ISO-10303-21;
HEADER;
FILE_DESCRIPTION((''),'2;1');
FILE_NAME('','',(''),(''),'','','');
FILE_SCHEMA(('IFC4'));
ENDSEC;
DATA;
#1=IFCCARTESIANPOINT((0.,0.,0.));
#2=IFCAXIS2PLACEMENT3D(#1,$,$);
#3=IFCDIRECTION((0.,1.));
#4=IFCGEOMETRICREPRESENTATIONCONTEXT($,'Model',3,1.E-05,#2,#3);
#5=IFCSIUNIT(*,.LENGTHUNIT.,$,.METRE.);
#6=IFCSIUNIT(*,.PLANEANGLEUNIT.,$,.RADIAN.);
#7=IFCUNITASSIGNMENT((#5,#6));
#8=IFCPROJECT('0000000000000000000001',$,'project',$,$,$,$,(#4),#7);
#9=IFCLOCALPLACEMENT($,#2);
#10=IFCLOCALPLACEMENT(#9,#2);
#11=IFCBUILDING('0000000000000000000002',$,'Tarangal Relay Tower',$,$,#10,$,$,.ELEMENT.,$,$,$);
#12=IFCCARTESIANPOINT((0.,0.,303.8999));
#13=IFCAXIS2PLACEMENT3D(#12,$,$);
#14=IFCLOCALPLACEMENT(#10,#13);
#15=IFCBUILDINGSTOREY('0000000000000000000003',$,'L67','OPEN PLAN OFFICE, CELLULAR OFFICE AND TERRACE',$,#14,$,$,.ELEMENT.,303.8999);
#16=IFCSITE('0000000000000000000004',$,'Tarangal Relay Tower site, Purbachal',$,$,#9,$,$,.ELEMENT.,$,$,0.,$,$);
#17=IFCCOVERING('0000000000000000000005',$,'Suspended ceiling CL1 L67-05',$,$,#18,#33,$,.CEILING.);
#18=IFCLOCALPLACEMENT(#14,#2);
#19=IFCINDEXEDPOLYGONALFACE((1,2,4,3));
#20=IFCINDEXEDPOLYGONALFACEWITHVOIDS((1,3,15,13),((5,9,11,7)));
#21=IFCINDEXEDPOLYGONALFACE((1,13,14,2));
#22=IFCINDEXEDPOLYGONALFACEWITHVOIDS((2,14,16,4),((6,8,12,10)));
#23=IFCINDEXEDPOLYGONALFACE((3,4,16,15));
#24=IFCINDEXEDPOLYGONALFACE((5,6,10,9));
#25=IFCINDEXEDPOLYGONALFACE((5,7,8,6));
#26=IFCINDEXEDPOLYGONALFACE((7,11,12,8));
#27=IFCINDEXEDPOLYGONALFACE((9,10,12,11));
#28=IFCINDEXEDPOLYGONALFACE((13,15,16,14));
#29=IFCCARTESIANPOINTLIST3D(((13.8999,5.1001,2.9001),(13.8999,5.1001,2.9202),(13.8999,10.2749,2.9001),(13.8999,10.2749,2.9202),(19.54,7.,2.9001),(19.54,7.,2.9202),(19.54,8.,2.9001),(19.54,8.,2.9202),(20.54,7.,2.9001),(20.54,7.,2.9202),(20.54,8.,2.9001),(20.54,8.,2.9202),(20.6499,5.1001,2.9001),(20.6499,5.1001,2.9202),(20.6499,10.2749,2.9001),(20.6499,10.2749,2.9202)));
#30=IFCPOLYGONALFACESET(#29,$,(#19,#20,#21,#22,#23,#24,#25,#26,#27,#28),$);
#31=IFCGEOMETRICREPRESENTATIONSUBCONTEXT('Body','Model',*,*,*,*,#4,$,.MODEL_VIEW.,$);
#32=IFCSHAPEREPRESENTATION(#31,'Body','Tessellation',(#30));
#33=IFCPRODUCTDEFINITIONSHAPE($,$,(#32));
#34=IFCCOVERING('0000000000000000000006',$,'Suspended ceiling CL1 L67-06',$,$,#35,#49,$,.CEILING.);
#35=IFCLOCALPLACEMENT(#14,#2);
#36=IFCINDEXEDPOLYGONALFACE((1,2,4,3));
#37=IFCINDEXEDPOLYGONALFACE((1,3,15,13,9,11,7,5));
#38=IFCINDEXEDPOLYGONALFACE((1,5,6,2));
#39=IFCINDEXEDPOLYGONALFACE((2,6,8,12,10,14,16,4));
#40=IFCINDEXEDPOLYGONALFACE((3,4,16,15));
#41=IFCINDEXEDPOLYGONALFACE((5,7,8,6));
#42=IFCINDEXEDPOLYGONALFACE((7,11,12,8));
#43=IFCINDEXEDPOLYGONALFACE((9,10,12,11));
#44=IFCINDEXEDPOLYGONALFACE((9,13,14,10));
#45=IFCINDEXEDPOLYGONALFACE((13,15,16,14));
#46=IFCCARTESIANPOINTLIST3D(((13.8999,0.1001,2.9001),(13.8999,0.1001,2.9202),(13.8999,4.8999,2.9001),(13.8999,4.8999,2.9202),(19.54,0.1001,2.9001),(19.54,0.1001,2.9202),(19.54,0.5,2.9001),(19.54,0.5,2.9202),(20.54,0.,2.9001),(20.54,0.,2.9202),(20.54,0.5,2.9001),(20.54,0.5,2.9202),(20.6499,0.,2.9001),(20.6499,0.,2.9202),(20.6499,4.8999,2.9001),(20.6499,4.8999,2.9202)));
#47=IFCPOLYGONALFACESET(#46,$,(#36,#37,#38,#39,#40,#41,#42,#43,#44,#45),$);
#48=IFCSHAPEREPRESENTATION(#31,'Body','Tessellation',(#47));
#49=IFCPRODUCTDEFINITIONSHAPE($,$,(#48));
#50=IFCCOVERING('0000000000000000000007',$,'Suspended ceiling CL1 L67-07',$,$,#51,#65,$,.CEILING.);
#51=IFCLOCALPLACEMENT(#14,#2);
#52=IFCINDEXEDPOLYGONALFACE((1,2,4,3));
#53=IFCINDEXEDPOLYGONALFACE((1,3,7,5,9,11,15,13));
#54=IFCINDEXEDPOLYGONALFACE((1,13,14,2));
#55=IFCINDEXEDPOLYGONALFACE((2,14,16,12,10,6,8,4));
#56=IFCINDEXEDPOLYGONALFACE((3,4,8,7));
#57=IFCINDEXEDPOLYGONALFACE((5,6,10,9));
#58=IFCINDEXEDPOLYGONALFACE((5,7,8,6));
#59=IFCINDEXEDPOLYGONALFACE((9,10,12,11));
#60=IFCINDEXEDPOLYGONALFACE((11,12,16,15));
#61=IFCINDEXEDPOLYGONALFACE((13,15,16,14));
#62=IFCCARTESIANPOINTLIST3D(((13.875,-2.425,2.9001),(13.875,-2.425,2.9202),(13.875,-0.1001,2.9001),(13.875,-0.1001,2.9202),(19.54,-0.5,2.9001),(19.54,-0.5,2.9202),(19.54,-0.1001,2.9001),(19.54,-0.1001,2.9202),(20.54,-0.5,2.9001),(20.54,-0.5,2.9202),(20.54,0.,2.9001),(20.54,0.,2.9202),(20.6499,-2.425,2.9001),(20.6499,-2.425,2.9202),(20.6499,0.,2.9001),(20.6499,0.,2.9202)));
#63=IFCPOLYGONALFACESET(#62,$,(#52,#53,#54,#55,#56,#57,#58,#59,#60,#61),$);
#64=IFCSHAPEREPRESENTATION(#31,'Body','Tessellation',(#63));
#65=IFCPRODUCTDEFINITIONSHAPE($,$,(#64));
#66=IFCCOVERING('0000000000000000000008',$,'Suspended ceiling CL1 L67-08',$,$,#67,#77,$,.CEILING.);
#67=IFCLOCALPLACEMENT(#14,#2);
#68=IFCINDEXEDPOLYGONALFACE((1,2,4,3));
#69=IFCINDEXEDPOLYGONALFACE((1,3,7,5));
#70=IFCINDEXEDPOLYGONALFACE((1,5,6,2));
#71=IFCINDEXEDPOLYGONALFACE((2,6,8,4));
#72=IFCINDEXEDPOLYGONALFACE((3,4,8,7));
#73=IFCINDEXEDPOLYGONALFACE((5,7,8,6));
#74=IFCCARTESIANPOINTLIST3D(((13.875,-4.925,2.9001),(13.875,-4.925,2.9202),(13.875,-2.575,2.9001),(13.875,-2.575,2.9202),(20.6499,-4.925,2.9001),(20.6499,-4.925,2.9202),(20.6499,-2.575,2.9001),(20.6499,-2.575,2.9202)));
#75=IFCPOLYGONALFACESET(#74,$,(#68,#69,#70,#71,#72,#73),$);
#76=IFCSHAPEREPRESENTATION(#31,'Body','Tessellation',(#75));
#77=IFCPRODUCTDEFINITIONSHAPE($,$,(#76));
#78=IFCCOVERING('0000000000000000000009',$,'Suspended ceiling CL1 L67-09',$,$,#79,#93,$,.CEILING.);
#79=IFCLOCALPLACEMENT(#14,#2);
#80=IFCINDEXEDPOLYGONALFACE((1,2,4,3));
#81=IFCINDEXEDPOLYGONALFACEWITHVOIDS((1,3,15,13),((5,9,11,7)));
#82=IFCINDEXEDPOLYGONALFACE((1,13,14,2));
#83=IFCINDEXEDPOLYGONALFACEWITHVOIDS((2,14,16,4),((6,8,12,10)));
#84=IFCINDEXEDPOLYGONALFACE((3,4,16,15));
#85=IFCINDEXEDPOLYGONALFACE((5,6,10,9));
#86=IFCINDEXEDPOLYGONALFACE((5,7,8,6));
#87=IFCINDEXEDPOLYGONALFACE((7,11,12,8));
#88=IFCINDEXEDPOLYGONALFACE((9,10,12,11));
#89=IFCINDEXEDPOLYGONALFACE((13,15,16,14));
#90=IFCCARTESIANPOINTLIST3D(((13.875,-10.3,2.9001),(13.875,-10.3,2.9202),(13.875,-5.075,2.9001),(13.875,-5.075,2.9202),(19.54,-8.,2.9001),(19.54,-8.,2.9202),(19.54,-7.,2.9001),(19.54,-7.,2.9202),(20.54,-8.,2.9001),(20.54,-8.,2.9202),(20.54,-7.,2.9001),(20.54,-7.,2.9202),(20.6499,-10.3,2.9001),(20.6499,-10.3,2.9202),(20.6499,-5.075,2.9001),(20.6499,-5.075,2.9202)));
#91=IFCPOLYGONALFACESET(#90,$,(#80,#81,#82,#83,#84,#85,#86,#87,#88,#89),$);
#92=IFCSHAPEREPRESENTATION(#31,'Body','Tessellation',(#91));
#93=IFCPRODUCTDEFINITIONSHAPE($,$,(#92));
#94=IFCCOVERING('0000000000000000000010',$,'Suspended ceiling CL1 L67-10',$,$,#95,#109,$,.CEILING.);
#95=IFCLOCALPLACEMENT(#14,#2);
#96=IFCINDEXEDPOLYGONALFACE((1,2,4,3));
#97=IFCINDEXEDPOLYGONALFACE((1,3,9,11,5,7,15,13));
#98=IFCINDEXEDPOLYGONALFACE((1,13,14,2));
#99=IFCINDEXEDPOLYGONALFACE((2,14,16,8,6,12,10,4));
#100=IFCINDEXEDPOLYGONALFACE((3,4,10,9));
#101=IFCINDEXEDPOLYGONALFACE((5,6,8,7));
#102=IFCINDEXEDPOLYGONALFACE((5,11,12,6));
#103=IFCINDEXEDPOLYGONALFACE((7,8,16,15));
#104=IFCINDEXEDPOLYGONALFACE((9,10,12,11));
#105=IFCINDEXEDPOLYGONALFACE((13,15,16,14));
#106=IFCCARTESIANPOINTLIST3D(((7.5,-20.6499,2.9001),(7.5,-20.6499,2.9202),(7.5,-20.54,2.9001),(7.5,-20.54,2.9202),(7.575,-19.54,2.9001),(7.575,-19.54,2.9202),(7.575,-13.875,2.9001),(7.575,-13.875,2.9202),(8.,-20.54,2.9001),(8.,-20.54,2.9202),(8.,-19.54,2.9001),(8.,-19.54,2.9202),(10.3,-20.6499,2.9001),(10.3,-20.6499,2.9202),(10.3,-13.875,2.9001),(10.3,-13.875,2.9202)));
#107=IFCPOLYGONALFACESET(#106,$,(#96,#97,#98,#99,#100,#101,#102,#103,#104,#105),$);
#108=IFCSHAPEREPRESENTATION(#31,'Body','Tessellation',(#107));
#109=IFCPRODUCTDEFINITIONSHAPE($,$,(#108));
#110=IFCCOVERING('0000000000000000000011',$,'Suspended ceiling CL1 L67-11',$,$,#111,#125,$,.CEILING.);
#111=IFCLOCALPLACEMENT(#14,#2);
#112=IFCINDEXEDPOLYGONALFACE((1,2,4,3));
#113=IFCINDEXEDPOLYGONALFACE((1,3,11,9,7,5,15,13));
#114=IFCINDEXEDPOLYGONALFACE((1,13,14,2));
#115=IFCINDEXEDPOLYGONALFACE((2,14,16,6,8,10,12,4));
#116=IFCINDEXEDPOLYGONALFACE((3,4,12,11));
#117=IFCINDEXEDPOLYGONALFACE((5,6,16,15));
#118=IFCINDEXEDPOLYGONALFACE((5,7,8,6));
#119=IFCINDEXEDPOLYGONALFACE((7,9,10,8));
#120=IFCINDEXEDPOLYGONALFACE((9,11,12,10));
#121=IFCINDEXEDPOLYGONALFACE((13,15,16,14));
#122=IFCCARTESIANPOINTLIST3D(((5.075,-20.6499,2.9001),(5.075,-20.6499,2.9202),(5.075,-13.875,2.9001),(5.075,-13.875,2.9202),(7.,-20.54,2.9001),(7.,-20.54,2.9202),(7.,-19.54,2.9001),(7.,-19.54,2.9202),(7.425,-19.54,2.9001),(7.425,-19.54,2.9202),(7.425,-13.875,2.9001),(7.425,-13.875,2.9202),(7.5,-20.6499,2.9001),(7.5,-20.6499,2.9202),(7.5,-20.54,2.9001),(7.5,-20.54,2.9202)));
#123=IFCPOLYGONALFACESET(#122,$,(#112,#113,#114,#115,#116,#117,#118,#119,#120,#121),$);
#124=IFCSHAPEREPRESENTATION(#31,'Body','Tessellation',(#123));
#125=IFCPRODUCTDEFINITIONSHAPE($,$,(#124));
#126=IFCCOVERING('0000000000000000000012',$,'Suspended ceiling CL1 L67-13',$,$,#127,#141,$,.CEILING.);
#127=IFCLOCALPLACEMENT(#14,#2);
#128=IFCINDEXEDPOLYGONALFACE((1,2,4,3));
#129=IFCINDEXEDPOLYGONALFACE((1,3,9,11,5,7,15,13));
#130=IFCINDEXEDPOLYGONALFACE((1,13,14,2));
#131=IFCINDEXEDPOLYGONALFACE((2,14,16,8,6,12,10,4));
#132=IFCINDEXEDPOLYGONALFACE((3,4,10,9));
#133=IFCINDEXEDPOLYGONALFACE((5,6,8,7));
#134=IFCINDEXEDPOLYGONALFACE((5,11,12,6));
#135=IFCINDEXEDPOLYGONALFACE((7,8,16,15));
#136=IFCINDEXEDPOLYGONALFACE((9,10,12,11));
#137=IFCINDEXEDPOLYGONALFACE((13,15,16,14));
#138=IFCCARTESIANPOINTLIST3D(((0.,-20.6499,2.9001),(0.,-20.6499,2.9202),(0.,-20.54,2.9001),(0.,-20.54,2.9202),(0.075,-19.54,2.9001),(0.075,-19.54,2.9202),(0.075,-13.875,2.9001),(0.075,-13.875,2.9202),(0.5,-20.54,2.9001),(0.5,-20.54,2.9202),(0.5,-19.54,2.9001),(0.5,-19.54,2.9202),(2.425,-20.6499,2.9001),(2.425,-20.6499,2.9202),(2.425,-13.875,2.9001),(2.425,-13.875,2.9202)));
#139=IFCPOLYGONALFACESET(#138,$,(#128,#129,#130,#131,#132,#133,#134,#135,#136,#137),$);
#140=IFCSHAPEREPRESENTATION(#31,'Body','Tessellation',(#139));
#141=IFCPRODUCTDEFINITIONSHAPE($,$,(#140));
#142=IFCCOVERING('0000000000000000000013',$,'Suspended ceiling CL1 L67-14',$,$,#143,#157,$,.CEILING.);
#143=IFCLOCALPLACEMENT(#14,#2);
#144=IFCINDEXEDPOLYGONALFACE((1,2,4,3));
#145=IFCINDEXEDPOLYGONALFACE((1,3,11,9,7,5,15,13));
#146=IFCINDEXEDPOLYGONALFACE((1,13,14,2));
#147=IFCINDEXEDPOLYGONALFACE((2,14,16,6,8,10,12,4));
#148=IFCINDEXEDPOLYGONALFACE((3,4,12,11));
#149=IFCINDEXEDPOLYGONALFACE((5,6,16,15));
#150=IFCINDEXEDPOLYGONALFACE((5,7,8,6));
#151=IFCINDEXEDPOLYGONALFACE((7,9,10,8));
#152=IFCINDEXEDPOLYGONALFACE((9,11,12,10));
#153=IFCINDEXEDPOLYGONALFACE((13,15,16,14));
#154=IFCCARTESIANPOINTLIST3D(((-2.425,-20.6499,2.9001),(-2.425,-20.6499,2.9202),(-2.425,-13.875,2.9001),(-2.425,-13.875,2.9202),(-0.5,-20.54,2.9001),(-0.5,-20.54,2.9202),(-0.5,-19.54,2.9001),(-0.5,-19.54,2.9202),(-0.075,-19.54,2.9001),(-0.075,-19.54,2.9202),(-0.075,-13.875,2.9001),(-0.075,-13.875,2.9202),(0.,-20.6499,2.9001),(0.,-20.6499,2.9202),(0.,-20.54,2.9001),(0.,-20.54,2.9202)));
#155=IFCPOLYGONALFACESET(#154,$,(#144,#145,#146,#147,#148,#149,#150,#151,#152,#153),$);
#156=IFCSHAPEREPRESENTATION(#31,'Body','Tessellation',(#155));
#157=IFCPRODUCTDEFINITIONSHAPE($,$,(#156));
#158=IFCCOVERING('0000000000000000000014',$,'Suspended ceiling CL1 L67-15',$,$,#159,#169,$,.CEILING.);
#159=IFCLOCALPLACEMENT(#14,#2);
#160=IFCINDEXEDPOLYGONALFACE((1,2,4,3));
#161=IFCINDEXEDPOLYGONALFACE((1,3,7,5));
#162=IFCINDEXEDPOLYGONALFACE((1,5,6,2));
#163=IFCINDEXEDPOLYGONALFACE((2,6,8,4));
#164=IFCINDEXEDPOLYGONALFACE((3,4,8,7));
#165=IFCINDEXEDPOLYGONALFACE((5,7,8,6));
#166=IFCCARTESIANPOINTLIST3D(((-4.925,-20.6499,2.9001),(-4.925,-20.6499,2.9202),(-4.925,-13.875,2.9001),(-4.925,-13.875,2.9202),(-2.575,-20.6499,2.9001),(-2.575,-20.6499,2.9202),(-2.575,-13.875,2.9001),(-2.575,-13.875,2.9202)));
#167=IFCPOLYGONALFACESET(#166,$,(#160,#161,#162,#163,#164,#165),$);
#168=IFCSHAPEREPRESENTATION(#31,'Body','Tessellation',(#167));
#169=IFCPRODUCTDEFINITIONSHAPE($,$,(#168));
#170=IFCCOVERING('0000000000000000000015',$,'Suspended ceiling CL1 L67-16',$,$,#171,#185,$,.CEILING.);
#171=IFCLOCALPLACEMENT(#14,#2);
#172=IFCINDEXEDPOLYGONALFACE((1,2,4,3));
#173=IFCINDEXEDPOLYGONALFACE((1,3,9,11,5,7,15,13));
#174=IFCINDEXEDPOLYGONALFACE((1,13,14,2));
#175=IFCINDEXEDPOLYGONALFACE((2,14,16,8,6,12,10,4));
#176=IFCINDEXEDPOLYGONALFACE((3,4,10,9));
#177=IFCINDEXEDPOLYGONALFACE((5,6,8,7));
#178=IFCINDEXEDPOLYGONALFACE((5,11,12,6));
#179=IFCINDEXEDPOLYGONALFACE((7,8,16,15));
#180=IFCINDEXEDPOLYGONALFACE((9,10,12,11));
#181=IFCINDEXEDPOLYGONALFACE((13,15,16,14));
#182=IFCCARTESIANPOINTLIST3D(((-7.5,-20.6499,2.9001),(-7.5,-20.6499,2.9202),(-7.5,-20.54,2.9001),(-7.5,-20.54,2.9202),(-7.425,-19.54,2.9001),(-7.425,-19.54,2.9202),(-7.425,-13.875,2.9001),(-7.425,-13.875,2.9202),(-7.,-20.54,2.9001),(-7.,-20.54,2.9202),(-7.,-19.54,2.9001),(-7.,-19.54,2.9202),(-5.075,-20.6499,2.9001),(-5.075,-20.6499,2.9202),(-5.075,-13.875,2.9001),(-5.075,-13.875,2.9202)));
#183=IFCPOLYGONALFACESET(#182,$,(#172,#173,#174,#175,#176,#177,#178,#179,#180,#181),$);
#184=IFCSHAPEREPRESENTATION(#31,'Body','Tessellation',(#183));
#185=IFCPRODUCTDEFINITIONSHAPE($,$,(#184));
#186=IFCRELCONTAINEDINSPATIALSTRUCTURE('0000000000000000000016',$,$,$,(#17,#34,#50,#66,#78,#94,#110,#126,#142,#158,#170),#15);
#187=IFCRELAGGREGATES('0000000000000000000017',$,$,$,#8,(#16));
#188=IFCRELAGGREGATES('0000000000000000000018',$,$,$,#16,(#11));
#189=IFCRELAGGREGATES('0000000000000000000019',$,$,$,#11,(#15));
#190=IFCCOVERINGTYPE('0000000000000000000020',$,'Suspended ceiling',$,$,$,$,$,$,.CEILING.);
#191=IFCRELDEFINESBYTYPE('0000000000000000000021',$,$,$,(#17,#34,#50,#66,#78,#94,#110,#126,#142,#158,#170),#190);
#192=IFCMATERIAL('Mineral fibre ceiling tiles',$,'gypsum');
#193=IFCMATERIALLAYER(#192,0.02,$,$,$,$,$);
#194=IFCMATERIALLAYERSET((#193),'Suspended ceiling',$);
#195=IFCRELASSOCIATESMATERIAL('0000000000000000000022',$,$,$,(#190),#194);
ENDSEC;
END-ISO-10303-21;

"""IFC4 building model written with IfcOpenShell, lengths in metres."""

from ifc_helpers import new_model, si_unit, direction, frame, origin, place, context, subcontext, project, spatial, polyline, outline, extrude, material, layer, layer_set, type_object, element, save


model = new_model("IFC4")

# Units and contexts
model_context = context("Model", 3, precision=1e-05, world=origin(), true_north=direction((0.0, 1.0)))
body_context = subcontext(model_context, "Body", "Model", "MODEL_VIEW")
ifc_project = project(units=[si_unit("LENGTHUNIT", "METRE"), si_unit("PLANEANGLEUNIT", "RADIAN")], contexts=[model_context])

# Site, building, storey
site_placement = place(None, origin())
site = spatial("IfcSite", under=ifc_project, at=site_placement, Name="Tarangal Relay Tower site, Purbachal", CompositionType="ELEMENT", RefElevation=0.0)
building_placement = place(site_placement, origin())
building = spatial("IfcBuilding", under=site, at=building_placement, Name="Tarangal Relay Tower", CompositionType="ELEMENT")
storey_placement = place(building_placement, frame((0.0, 0.0, 303.8999)))
storey = spatial("IfcBuildingStorey", under=building, at=storey_placement, Name="L67", Description="OPEN PLAN OFFICE, CELLULAR OFFICE AND TERRACE", CompositionType="ELEMENT", Elevation=303.8999)

# Coverings
ifc_material_1 = material(Name="Mineral fibre ceiling tiles", Category="gypsum")
ifc_layer_1 = layer(ifc_material_1, 0.02)
ifc_layer_set_1 = layer_set([ifc_layer_1], Name="Suspended ceiling")
covering_type_1 = type_object("IfcCoveringType", Name="Suspended ceiling", PredefinedType="CEILING", material=ifc_layer_set_1)
covering_1_placement = place(storey_placement, frame((0.0, 0.0, 2.9001)))
element("IfcCovering", 1, at=covering_1_placement, inside=storey, type_object=covering_type_1, Name="Suspended ceiling CL1 L67-05", PredefinedType="CEILING", context=body_context, shape_type="SweptSolid", body=[
    extrude(outline(polyline([(20.6499, 5.1001), (20.6499, 10.2749), (13.8999, 10.2749), (13.8999, 5.1001), (20.6499, 5.1001)]), holes=[polyline([(20.54, 8.0), (19.54, 8.0), (19.54, 7.0), (20.54, 7.0), (20.54, 8.0)])]), origin(), (0.0, 0.0, 1.0), 0.02),
])
covering_2_placement = place(storey_placement, frame((0.0, 0.0, 2.9001)))
element("IfcCovering", 2, at=covering_2_placement, inside=storey, type_object=covering_type_1, Name="Suspended ceiling CL1 L67-06", PredefinedType="CEILING", context=body_context, shape_type="SweptSolid", body=[
    extrude(outline(polyline([(20.6499, 0.0), (20.6499, 4.8999), (13.8999, 4.8999), (13.8999, 0.1001), (19.54, 0.1001), (19.54, 0.5), (20.54, 0.5), (20.54, 0.0), (20.6499, 0.0)])), origin(), (0.0, 0.0, 1.0), 0.02),
])
covering_3_placement = place(storey_placement, frame((0.0, 0.0, 2.9001)))
element("IfcCovering", 3, at=covering_3_placement, inside=storey, type_object=covering_type_1, Name="Suspended ceiling CL1 L67-07", PredefinedType="CEILING", context=body_context, shape_type="SweptSolid", body=[
    extrude(outline(polyline([(20.6499, -2.425), (20.6499, 0.0), (20.54, 0.0), (20.54, -0.5), (19.54, -0.5), (19.54, -0.1001), (13.875, -0.1001), (13.875, -2.425), (20.6499, -2.425)])), origin(), (0.0, 0.0, 1.0), 0.02),
])
covering_4_placement = place(storey_placement, frame((0.0, 0.0, 2.9001)))
element("IfcCovering", 4, at=covering_4_placement, inside=storey, type_object=covering_type_1, Name="Suspended ceiling CL1 L67-08", PredefinedType="CEILING", context=body_context, shape_type="SweptSolid", body=[
    extrude(outline(polyline([(20.6499, -2.575), (13.875, -2.575), (13.875, -4.925), (20.6499, -4.925), (20.6499, -2.575)])), origin(), (0.0, 0.0, 1.0), 0.02),
])
covering_5_placement = place(storey_placement, frame((0.0, 0.0, 2.9001)))
element("IfcCovering", 5, at=covering_5_placement, inside=storey, type_object=covering_type_1, Name="Suspended ceiling CL1 L67-09", PredefinedType="CEILING", context=body_context, shape_type="SweptSolid", body=[
    extrude(outline(polyline([(20.6499, -10.3), (20.6499, -5.075), (13.875, -5.075), (13.875, -10.3), (20.6499, -10.3)]), holes=[polyline([(20.54, -7.0), (19.54, -7.0), (19.54, -8.0), (20.54, -8.0), (20.54, -7.0)])]), origin(), (0.0, 0.0, 1.0), 0.02),
])
covering_6_placement = place(storey_placement, frame((0.0, 0.0, 2.9001)))
element("IfcCovering", 6, at=covering_6_placement, inside=storey, type_object=covering_type_1, Name="Suspended ceiling CL1 L67-10", PredefinedType="CEILING", context=body_context, shape_type="SweptSolid", body=[
    extrude(outline(polyline([(7.5, -20.6499), (10.3, -20.6499), (10.3, -13.875), (7.575, -13.875), (7.575, -19.54), (8.0, -19.54), (8.0, -20.54), (7.5, -20.54), (7.5, -20.6499)])), origin(), (0.0, 0.0, 1.0), 0.02),
])
covering_7_placement = place(storey_placement, frame((0.0, 0.0, 2.9001)))
element("IfcCovering", 7, at=covering_7_placement, inside=storey, type_object=covering_type_1, Name="Suspended ceiling CL1 L67-11", PredefinedType="CEILING", context=body_context, shape_type="SweptSolid", body=[
    extrude(outline(polyline([(5.075, -20.6499), (7.5, -20.6499), (7.5, -20.54), (7.0, -20.54), (7.0, -19.54), (7.425, -19.54), (7.425, -13.875), (5.075, -13.875), (5.075, -20.6499)])), origin(), (0.0, 0.0, 1.0), 0.02),
])
covering_8_placement = place(storey_placement, frame((0.0, 0.0, 2.9001)))
element("IfcCovering", 8, at=covering_8_placement, inside=storey, type_object=covering_type_1, Name="Suspended ceiling CL1 L67-13", PredefinedType="CEILING", context=body_context, shape_type="SweptSolid", body=[
    extrude(outline(polyline([(0.0, -20.6499), (2.425, -20.6499), (2.425, -13.875), (0.075, -13.875), (0.075, -19.54), (0.5, -19.54), (0.5, -20.54), (0.0, -20.54), (0.0, -20.6499)])), origin(), (0.0, 0.0, 1.0), 0.02),
])
covering_9_placement = place(storey_placement, frame((0.0, 0.0, 2.9001)))
element("IfcCovering", 9, at=covering_9_placement, inside=storey, type_object=covering_type_1, Name="Suspended ceiling CL1 L67-14", PredefinedType="CEILING", context=body_context, shape_type="SweptSolid", body=[
    extrude(outline(polyline([(-2.425, -20.6499), (0.0, -20.6499), (0.0, -20.54), (-0.5, -20.54), (-0.5, -19.54), (-0.075, -19.54), (-0.075, -13.875), (-2.425, -13.875), (-2.425, -20.6499)])), origin(), (0.0, 0.0, 1.0), 0.02),
])
covering_10_placement = place(storey_placement, frame((0.0, 0.0, 2.9001)))
element("IfcCovering", 10, at=covering_10_placement, inside=storey, type_object=covering_type_1, Name="Suspended ceiling CL1 L67-15", PredefinedType="CEILING", context=body_context, shape_type="SweptSolid", body=[
    extrude(outline(polyline([(-2.575, -20.6499), (-2.575, -13.875), (-4.925, -13.875), (-4.925, -20.6499), (-2.575, -20.6499)])), origin(), (0.0, 0.0, 1.0), 0.02),
])
covering_11_placement = place(storey_placement, frame((0.0, 0.0, 2.9001)))
element("IfcCovering", 11, at=covering_11_placement, inside=storey, type_object=covering_type_1, Name="Suspended ceiling CL1 L67-16", PredefinedType="CEILING", context=body_context, shape_type="SweptSolid", body=[
    extrude(outline(polyline([(-7.5, -20.6499), (-5.075, -20.6499), (-5.075, -13.875), (-7.425, -13.875), (-7.425, -19.54), (-7.0, -19.54), (-7.0, -20.54), (-7.5, -20.54), (-7.5, -20.6499)])), origin(), (0.0, 0.0, 1.0), 0.02),
])

save(model, "model.ifc")
